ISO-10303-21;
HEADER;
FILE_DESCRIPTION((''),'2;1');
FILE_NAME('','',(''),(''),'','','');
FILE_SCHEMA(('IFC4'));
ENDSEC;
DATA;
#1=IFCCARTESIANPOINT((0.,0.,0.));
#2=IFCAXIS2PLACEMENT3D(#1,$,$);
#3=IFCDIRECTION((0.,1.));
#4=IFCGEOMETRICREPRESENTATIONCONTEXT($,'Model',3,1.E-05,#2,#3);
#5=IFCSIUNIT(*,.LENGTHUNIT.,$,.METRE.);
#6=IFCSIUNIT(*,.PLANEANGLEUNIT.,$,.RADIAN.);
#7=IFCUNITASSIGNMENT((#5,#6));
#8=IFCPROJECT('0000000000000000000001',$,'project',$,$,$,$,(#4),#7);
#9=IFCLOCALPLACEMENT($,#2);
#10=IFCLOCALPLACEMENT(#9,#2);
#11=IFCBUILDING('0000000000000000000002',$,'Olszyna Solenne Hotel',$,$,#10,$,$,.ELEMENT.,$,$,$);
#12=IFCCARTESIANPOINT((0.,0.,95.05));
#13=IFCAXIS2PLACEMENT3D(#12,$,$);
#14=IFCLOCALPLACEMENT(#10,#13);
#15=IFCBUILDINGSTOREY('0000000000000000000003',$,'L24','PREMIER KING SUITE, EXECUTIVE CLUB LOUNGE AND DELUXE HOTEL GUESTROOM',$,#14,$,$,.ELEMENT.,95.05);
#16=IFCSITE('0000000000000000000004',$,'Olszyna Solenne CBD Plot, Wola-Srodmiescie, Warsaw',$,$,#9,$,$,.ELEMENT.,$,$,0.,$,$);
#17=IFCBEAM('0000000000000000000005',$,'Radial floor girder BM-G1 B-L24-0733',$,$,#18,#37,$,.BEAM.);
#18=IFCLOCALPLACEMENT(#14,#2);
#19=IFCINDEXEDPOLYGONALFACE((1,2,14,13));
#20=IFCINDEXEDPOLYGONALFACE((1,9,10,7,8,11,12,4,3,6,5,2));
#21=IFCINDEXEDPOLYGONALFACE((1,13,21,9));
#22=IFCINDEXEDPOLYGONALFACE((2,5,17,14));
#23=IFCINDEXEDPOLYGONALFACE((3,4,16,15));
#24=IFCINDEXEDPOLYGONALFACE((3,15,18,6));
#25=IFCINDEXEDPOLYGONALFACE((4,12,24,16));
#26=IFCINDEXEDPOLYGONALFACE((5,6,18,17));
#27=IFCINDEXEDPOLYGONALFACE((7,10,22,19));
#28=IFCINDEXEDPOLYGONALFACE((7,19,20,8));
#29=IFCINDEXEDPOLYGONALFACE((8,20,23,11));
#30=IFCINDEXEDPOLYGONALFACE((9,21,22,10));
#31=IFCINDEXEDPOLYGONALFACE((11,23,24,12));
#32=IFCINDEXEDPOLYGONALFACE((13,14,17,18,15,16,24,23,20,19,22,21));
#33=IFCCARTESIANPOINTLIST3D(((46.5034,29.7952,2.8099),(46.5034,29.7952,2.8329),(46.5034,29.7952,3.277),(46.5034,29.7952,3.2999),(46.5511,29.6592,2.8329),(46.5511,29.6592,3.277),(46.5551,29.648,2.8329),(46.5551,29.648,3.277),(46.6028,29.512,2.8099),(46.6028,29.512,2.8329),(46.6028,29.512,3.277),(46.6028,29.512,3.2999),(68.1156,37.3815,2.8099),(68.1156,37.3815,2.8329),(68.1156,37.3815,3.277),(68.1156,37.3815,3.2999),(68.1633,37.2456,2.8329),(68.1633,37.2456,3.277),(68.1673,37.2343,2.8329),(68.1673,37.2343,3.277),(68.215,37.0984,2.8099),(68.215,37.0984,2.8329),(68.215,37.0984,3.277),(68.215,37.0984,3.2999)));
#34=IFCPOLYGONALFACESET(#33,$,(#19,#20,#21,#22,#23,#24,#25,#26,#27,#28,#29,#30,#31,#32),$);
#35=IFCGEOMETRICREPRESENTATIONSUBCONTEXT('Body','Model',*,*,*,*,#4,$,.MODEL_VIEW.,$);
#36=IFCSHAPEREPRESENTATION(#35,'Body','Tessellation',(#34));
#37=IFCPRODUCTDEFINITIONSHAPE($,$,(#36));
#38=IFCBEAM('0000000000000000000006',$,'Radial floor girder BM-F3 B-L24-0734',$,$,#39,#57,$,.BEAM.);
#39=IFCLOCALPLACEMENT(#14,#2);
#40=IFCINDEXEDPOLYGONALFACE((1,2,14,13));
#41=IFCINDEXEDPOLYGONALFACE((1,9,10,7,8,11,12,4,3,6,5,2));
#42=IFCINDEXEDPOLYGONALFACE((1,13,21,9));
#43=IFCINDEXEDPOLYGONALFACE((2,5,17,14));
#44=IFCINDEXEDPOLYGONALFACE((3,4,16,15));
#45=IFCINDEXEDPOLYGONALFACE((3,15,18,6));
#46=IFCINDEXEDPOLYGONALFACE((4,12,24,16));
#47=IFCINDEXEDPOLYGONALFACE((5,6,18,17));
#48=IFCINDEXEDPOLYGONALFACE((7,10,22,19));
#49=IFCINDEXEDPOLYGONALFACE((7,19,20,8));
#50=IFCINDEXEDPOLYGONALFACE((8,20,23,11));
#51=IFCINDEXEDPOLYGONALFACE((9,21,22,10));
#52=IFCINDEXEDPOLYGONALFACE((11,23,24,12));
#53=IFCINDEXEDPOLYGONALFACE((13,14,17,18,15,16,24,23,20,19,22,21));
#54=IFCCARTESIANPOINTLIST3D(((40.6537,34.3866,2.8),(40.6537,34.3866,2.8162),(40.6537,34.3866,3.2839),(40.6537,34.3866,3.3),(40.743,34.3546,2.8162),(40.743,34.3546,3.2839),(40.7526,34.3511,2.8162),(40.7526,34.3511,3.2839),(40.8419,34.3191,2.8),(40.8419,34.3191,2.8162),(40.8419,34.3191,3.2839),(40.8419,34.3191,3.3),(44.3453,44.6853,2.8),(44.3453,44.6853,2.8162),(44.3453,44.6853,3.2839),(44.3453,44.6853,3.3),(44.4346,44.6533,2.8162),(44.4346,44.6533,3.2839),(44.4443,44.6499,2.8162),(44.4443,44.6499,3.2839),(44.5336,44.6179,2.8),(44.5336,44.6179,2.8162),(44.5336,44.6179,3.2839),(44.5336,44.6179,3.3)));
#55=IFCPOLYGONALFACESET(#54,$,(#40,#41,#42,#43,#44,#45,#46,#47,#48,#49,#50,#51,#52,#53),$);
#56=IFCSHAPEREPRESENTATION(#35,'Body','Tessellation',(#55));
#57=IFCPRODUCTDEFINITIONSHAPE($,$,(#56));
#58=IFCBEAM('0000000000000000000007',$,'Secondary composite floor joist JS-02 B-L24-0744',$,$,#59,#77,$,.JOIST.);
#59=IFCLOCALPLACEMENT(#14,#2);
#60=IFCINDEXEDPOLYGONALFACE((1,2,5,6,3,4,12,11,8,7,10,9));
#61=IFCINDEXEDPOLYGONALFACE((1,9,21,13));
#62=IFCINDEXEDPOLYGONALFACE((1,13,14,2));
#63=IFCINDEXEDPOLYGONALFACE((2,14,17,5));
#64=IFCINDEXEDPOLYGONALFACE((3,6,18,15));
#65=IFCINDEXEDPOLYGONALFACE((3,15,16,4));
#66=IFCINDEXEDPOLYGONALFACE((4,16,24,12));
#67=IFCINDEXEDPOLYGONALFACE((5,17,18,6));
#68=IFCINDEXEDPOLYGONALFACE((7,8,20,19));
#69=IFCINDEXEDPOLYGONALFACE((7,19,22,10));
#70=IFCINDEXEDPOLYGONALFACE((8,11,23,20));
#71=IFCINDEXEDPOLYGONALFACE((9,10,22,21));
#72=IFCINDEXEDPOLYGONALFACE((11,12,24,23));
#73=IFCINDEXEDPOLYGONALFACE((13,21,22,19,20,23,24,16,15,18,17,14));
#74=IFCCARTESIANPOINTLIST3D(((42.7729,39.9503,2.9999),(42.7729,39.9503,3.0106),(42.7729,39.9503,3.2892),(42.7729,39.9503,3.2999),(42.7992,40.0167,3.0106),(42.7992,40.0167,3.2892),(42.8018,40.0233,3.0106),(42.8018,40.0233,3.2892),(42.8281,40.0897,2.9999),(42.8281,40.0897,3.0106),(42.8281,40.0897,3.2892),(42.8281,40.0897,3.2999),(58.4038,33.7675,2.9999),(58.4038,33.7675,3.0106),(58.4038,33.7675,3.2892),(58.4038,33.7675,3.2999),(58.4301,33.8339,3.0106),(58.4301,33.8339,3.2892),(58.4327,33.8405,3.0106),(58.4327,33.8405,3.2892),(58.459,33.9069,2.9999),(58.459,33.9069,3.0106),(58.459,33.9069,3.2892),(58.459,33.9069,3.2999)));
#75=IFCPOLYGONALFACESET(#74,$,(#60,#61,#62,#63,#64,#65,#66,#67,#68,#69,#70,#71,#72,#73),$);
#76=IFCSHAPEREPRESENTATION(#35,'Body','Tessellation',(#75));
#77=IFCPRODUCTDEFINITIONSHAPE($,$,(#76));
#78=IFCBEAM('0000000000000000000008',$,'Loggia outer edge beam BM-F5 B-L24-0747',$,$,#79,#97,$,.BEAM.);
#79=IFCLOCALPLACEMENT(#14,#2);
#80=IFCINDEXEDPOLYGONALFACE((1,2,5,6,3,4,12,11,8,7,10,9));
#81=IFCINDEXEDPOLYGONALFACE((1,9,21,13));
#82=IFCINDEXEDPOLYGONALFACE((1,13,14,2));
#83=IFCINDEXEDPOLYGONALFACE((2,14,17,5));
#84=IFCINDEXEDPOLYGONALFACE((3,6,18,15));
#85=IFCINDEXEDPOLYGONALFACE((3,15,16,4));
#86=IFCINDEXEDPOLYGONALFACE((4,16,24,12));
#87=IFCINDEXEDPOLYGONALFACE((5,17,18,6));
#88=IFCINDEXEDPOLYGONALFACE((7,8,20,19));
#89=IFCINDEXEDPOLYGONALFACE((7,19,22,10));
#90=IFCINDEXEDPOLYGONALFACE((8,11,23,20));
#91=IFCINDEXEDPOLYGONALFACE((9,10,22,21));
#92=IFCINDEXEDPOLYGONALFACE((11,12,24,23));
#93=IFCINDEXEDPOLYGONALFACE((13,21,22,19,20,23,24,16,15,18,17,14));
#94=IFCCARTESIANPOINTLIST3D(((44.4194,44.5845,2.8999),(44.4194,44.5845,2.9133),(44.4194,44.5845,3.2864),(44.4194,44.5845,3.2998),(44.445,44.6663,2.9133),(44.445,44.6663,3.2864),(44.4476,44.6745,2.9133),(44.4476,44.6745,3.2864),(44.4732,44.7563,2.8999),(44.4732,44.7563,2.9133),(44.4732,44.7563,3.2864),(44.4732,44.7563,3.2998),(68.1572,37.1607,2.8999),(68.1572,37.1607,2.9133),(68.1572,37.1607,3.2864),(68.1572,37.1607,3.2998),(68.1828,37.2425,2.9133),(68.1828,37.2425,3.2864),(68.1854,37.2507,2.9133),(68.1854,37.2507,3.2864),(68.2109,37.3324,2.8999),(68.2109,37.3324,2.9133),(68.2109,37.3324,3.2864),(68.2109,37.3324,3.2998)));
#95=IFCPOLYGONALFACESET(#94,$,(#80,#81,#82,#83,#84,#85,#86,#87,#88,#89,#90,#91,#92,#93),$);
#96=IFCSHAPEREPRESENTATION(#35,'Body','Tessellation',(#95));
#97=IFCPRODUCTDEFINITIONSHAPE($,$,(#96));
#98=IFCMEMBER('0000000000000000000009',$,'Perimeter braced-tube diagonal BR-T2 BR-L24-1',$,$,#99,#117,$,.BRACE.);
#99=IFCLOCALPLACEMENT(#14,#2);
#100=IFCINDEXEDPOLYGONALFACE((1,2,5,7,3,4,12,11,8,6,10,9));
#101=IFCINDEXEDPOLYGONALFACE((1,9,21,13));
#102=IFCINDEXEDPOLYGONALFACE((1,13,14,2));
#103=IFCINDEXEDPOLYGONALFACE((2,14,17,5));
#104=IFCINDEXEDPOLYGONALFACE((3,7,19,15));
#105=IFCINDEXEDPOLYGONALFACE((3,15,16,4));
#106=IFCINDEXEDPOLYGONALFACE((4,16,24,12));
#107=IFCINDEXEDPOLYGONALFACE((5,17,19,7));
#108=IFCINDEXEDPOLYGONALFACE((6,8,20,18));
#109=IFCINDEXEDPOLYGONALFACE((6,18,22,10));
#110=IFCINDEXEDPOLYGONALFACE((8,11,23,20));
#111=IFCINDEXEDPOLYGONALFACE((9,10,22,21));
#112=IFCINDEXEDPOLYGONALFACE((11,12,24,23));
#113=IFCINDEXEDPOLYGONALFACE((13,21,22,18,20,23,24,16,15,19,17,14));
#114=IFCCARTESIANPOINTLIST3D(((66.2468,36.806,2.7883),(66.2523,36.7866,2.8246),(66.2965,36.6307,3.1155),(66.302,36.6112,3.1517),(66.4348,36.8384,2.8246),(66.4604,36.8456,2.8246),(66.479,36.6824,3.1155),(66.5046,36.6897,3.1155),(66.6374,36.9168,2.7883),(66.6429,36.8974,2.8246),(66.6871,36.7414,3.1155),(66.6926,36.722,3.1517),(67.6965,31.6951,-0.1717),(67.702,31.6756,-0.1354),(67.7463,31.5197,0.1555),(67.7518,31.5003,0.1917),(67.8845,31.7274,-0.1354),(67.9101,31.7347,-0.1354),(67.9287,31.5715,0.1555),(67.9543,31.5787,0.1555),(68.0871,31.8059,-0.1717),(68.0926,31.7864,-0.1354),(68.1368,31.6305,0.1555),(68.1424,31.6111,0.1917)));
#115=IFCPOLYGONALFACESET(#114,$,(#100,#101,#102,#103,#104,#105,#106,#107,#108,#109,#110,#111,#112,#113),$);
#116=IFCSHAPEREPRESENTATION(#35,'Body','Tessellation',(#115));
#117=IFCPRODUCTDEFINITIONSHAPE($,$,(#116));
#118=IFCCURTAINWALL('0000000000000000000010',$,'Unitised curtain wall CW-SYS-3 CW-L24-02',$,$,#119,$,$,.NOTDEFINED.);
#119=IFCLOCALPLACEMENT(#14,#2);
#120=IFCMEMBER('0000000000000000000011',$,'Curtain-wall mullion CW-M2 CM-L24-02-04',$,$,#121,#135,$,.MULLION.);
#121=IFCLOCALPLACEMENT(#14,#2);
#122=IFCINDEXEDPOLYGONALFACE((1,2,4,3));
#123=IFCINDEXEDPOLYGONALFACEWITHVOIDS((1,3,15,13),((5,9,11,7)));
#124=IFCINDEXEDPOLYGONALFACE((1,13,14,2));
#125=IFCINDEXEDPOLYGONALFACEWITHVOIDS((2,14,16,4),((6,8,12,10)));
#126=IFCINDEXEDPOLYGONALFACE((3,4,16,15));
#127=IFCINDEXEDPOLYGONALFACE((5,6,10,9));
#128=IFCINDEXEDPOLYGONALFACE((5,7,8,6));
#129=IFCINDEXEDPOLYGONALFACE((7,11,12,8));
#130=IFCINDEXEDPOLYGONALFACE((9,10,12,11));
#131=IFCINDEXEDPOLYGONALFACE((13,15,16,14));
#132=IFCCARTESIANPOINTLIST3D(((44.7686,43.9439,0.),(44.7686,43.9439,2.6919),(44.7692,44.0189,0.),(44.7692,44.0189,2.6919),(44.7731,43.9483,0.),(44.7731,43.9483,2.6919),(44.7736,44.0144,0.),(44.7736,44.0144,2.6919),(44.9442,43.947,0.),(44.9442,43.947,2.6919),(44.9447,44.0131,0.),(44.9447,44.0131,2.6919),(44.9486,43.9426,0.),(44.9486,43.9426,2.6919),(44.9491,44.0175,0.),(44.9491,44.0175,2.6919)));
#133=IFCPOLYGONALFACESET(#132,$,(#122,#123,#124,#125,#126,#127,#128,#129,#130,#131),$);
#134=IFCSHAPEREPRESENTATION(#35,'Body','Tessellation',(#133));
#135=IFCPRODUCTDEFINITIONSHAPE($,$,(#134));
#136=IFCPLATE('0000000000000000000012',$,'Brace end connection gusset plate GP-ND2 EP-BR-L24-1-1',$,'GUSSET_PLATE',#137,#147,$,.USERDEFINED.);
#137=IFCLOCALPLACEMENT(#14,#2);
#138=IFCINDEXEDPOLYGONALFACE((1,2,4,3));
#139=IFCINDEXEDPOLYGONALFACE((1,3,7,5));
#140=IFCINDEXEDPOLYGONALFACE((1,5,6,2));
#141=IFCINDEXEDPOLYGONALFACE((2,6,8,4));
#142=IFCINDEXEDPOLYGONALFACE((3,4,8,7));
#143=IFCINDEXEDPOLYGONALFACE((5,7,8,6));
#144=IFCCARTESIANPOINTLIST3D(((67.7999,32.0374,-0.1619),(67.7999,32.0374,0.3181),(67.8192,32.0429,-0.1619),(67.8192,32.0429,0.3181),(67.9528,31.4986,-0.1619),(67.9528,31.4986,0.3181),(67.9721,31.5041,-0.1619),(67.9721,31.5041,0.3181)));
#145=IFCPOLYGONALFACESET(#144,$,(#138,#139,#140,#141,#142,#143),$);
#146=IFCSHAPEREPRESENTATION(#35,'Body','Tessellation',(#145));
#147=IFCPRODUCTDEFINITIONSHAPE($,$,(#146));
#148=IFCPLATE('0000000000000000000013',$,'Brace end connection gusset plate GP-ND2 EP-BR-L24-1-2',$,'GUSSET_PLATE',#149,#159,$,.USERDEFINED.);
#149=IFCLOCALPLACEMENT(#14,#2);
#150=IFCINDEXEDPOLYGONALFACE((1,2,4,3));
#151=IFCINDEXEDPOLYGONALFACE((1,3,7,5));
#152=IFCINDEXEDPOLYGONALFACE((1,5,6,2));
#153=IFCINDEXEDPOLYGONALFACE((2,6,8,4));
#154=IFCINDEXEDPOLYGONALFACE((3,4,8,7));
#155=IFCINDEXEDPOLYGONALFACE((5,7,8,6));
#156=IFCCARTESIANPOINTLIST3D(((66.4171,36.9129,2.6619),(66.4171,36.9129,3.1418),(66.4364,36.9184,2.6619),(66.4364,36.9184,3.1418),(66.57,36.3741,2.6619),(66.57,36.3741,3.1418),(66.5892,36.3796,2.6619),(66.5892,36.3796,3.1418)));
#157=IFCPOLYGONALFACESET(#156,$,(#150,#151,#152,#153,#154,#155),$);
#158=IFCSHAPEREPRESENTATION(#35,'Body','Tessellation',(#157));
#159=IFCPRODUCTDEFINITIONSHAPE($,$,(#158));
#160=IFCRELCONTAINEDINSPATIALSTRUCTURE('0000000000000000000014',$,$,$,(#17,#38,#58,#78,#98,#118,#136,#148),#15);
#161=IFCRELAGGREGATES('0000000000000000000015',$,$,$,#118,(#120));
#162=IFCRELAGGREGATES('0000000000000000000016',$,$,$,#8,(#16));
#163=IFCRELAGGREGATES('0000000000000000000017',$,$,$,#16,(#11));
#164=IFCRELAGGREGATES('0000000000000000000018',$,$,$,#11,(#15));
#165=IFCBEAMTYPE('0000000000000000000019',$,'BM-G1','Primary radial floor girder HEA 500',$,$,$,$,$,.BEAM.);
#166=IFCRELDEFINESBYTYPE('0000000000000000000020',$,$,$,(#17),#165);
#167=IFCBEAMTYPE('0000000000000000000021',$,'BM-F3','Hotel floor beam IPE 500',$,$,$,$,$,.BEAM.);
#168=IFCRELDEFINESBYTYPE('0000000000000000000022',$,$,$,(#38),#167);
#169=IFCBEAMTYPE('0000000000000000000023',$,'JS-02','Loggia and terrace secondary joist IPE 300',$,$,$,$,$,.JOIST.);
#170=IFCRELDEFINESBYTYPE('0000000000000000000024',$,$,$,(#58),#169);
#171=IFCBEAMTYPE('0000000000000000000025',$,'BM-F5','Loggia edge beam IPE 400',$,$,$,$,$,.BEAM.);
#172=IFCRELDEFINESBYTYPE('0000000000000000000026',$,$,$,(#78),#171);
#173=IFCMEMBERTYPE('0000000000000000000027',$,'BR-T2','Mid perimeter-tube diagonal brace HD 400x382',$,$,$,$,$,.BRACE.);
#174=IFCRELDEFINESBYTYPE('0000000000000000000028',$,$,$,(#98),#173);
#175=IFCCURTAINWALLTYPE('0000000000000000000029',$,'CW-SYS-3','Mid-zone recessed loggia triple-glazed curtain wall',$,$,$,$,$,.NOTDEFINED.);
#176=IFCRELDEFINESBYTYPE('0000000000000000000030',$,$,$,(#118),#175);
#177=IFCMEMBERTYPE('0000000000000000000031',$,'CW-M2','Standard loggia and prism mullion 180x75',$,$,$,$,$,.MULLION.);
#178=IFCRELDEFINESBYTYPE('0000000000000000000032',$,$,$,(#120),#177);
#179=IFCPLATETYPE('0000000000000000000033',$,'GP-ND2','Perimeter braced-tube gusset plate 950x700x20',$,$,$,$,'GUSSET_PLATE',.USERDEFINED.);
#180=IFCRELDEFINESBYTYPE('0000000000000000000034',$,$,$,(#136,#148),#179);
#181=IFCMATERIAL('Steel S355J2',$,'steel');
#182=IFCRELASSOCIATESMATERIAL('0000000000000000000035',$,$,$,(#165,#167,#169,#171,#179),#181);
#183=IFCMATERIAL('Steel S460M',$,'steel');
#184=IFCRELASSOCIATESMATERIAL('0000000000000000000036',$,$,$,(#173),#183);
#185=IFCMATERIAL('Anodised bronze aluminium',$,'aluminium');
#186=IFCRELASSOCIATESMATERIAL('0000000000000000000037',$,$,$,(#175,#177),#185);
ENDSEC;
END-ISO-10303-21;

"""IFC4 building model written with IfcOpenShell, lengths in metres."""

from ifc_helpers import new_model, si_unit, direction, frame, origin, origin_2d, place, context, subcontext, project, spatial, rectangle, hollow_rectangle, i_section, extrude, source, transform, mapped, material, material_profile, profile_set, type_object, element, aggregate, save


model = new_model("IFC4")

# Units and contexts
model_context = context("Model", 3, precision=1e-05, world=origin(), true_north=direction((0.0, 1.0)))
body_context = subcontext(model_context, "Body", "Model", "MODEL_VIEW")
ifc_project = project(units=[si_unit("LENGTHUNIT", "METRE"), si_unit("PLANEANGLEUNIT", "RADIAN")], contexts=[model_context])

# Site, building, storey
site_placement = place(None, origin())
site = spatial("IfcSite", under=ifc_project, at=site_placement, Name="Olszyna Solenne CBD Plot, Wola-Srodmiescie, Warsaw", CompositionType="ELEMENT", RefElevation=0.0)
building_placement = place(site_placement, origin())
building = spatial("IfcBuilding", under=site, at=building_placement, Name="Olszyna Solenne Hotel", CompositionType="ELEMENT")
storey_placement = place(building_placement, frame((0.0, 0.0, 95.05)))
storey = spatial("IfcBuildingStorey", under=building, at=storey_placement, Name="L24", Description="PREMIER KING SUITE, EXECUTIVE CLUB LOUNGE AND DELUXE HOTEL GUESTROOM", CompositionType="ELEMENT", Elevation=95.05)

# Shared definitions
ifc_material_1 = material(Name="Steel S460M", Category="steel")

# Beams
ifc_material_2 = material(Name="Steel S355J2", Category="steel")
ifc_material_profile_1 = material_profile(ifc_material_2, i_section(OverallWidth=0.3, OverallDepth=0.49, WebThickness=0.012, FlangeThickness=0.0229, at=origin_2d()), Name="HEA 500", Category="load-bearing")
ifc_profile_set_1 = profile_set([ifc_material_profile_1], Name="Steel S355J2")
beam_type_1 = type_object("IfcBeamType", Name="BM-G1", Description="Primary radial floor girder HEA 500", PredefinedType="BEAM", material=ifc_profile_set_1)
shared_shape_1 = source(origin(), body_context, "Body", "SweptSolid", [
    extrude(i_section(OverallWidth=0.3, OverallDepth=0.49, WebThickness=0.012, FlangeThickness=0.0229, at=origin_2d()), origin(), (0.0, 0.0, 1.0), 22.905),
])
beam_1_placement = place(storey_placement, frame((68.1653, 37.24, 3.0549), z_axis=(-0.943557, -0.331211, 0.0), x_axis=(0.331211, -0.943557, 0.0)))
element("IfcBeam", 1, at=beam_1_placement, inside=storey, type_object=beam_type_1, Name="Radial floor girder BM-G1 B-L24-0733", PredefinedType="BEAM", context=body_context, shape_type="MappedRepresentation", body=[
    mapped(shared_shape_1, transform((0.0, 0.0, 0.0), x_axis=(1.0, 0.0, 0.0), y_axis=(0.0, 1.0, 0.0), z_axis=(0.0, 0.0, 1.0), scale=1.0)),
])
ifc_material_profile_2 = material_profile(ifc_material_2, i_section(OverallWidth=0.2, OverallDepth=0.5, WebThickness=0.0103, FlangeThickness=0.0161, at=origin_2d()), Name="IPE 500", Category="load-bearing")
ifc_profile_set_2 = profile_set([ifc_material_profile_2], Name="Steel S355J2")
beam_type_2 = type_object("IfcBeamType", Name="BM-F3", Description="Hotel floor beam IPE 500", PredefinedType="BEAM", material=ifc_profile_set_2)
shared_shape_2 = source(origin(), body_context, "Body", "SweptSolid", [
    extrude(i_section(OverallWidth=0.2, OverallDepth=0.5, WebThickness=0.0103, FlangeThickness=0.0161, at=origin_2d()), origin(), (0.0, 0.0, 1.0), 10.9404),
])
beam_2_placement = place(storey_placement, frame((44.4395, 44.6516, 3.05), z_axis=(-0.33743, -0.941351, 0.0), x_axis=(0.941351, -0.33743, 0.0)))
element("IfcBeam", 2, at=beam_2_placement, inside=storey, type_object=beam_type_2, Name="Radial floor girder BM-F3 B-L24-0734", PredefinedType="BEAM", context=body_context, shape_type="MappedRepresentation", body=[
    mapped(shared_shape_2, transform((0.0, 0.0, 0.0), x_axis=(1.0, 0.0, 0.0), y_axis=(0.0, 1.0, 0.0), z_axis=(0.0, 0.0, 1.0), scale=1.0)),
])
ifc_material_profile_3 = material_profile(ifc_material_2, i_section(OverallWidth=0.1499, OverallDepth=0.3, WebThickness=0.0071, FlangeThickness=0.0107, at=origin_2d()), Name="IPE 300", Category="load-bearing")
ifc_profile_set_3 = profile_set([ifc_material_profile_3], Name="Steel S355J2")
beam_type_3 = type_object("IfcBeamType", Name="JS-02", Description="Loggia and terrace secondary joist IPE 300", PredefinedType="JOIST", material=ifc_profile_set_3)
shared_shape_3 = source(origin(), body_context, "Body", "SweptSolid", [
    extrude(i_section(OverallWidth=0.1499, OverallDepth=0.3, WebThickness=0.0071, FlangeThickness=0.0107, at=origin_2d()), origin(), (0.0, 0.0, 1.0), 16.8093),
])
beam_3_placement = place(storey_placement, frame((58.4314, 33.8372, 3.1499), z_axis=(-0.929895, 0.367825, 0.0), x_axis=(-0.367825, -0.929895, 0.0)))
element("IfcBeam", 3, at=beam_3_placement, inside=storey, type_object=beam_type_3, Name="Secondary composite floor joist JS-02 B-L24-0744", PredefinedType="JOIST", context=body_context, shape_type="MappedRepresentation", body=[
    mapped(shared_shape_3, transform((0.0, 0.0, 0.0), x_axis=(1.0, 0.0, 0.0), y_axis=(0.0, 1.0, 0.0), z_axis=(0.0, 0.0, 1.0), scale=1.0)),
])
ifc_material_profile_4 = material_profile(ifc_material_2, i_section(OverallWidth=0.1799, OverallDepth=0.3999, WebThickness=0.0085, FlangeThickness=0.0134, at=origin_2d()), Name="IPE 400", Category="load-bearing")
ifc_profile_set_4 = profile_set([ifc_material_profile_4], Name="Steel S355J2")
beam_type_4 = type_object("IfcBeamType", Name="BM-F5", Description="Loggia edge beam IPE 400", PredefinedType="BEAM", material=ifc_profile_set_4)
shared_shape_4 = source(origin(), body_context, "Body", "SweptSolid", [
    extrude(i_section(OverallWidth=0.1799, OverallDepth=0.3999, WebThickness=0.0085, FlangeThickness=0.0134, at=origin_2d()), origin(), (0.0, 0.0, 1.0), 24.8716),
])
beam_4_placement = place(storey_placement, frame((68.1841, 37.2466, 3.0999), z_axis=(-0.954414, 0.298486, 0.0), x_axis=(-0.298486, -0.954414, 0.0)))
element("IfcBeam", 4, at=beam_4_placement, inside=storey, type_object=beam_type_4, Name="Loggia outer edge beam BM-F5 B-L24-0747", PredefinedType="BEAM", context=body_context, shape_type="MappedRepresentation", body=[
    mapped(shared_shape_4, transform((0.0, 0.0, 0.0), x_axis=(1.0, 0.0, 0.0), y_axis=(0.0, 1.0, 0.0), z_axis=(0.0, 0.0, 1.0), scale=1.0)),
])

# Member
ifc_material_profile_5 = material_profile(ifc_material_1, i_section(OverallWidth=0.406, OverallDepth=0.416, WebThickness=0.0266, FlangeThickness=0.0415, at=origin_2d()), Name="HD 400x382", Category="load-bearing")
ifc_profile_set_5 = profile_set([ifc_material_profile_5], Name="Steel S460M")
member_type_1 = type_object("IfcMemberType", Name="BR-T2", Description="Mid perimeter-tube diagonal brace HD 400x382", PredefinedType="BRACE", material=ifc_profile_set_5)
shared_shape_5 = source(origin(), body_context, "Body", "SweptSolid", [
    extrude(i_section(OverallWidth=0.406, OverallDepth=0.416, WebThickness=0.0266, FlangeThickness=0.0415, at=origin_2d()), origin(), (0.0, 0.0, 1.0), 6.0815),
])
member_1_placement = place(storey_placement, frame((67.9194, 31.6531, 0.01), z_axis=(-0.238383, 0.840402, 0.486722), x_axis=(-0.962046, -0.272888, 0.0)))
element("IfcMember", 5, at=member_1_placement, inside=storey, type_object=member_type_1, Name="Perimeter braced-tube diagonal BR-T2 BR-L24-1", PredefinedType="BRACE", context=body_context, shape_type="MappedRepresentation", body=[
    mapped(shared_shape_5, transform((0.0, 0.0, 0.0), x_axis=(1.0, 0.0, 0.0), y_axis=(0.0, 1.0, 0.0), z_axis=(0.0, 0.0, 1.0), scale=1.0)),
])

# Curtain wall, member
ifc_material_3 = material(Name="Anodised bronze aluminium", Category="aluminium")
curtain_wall_type = type_object("IfcCurtainWallType", Name="CW-SYS-3", Description="Mid-zone recessed loggia triple-glazed curtain wall", PredefinedType="NOTDEFINED", material=ifc_material_3)
curtain_wall_placement = place(storey_placement, origin())
curtain_wall = element("IfcCurtainWall", 6, at=curtain_wall_placement, inside=storey, type_object=curtain_wall_type, Name="Unitised curtain wall CW-SYS-3 CW-L24-02", PredefinedType="NOTDEFINED")
ifc_material_profile_6 = material_profile(ifc_material_3, hollow_rectangle(XDim=0.075, YDim=0.1799, WallThickness=0.0044, at=origin_2d()), Name="MULL 180x75x4.5", Category="load-bearing")
ifc_profile_set_6 = profile_set([ifc_material_profile_6], Name="Anodised bronze aluminium")
member_type_2 = type_object("IfcMemberType", Name="CW-M2", Description="Standard loggia and prism mullion 180x75", PredefinedType="MULLION", material=ifc_profile_set_6)
shared_shape_6 = source(origin(), body_context, "Body", "SweptSolid", [
    extrude(hollow_rectangle(XDim=0.075, YDim=0.1799, WallThickness=0.0044, at=origin_2d()), origin(), (0.0, 0.0, 1.0), 2.6919),
])
member_2_placement = place(storey_placement, frame((44.8589, 43.9807, 0.0), z_axis=(0.0, 0.0, 1.0), x_axis=(0.007565, 0.999971, 0.0)))
member_2 = element("IfcMember", 7, at=member_2_placement, type_object=member_type_2, Name="Curtain-wall mullion CW-M2 CM-L24-02-04", PredefinedType="MULLION", context=body_context, shape_type="MappedRepresentation", body=[
    mapped(shared_shape_6, transform((0.0, 0.0, 0.0), x_axis=(1.0, 0.0, 0.0), y_axis=(0.0, 1.0, 0.0), z_axis=(0.0, 0.0, 1.0), scale=1.0)),
])

# Plates
plate_type_1 = type_object("IfcPlateType", Name="GP-ND2", Description="Perimeter braced-tube gusset plate 950x700x20", ElementType="GUSSET_PLATE", PredefinedType="USERDEFINED", material=ifc_material_2)
shared_shape_7 = source(origin(), body_context, "Body", "SweptSolid", [
    extrude(rectangle(XDim=0.5601, YDim=0.02, at=origin_2d()), origin(), (0.0, 0.0, 1.0), 0.48),
])
for number, where, z_axis, x_axis, name in (
    (8, (67.886, 31.7708, -0.1619), (0.0, 0.0, 1.0), (-0.272952, 0.962028, 0.0), "Brace end connection gusset plate GP-ND2 EP-BR-L24-1-1"),
    (9, (66.5032, 36.6462, 2.6619), (0.0, 0.0, 1.0), (-0.272952, 0.962028, 0.0), "Brace end connection gusset plate GP-ND2 EP-BR-L24-1-2"),
):
    element("IfcPlate", number, at=place(storey_placement, frame(where, z_axis=z_axis, x_axis=x_axis)), inside=storey, type_object=plate_type_1, Name=name, ObjectType="GUSSET_PLATE", PredefinedType="USERDEFINED", context=body_context, shape_type="MappedRepresentation", body=[
        mapped(shared_shape_7, transform((0.0, 0.0, 0.0), x_axis=(1.0, 0.0, 0.0), y_axis=(0.0, 1.0, 0.0), z_axis=(0.0, 0.0, 1.0), scale=1.0)),
    ])

aggregate(curtain_wall, [member_2])

save(model, "model.ifc")
